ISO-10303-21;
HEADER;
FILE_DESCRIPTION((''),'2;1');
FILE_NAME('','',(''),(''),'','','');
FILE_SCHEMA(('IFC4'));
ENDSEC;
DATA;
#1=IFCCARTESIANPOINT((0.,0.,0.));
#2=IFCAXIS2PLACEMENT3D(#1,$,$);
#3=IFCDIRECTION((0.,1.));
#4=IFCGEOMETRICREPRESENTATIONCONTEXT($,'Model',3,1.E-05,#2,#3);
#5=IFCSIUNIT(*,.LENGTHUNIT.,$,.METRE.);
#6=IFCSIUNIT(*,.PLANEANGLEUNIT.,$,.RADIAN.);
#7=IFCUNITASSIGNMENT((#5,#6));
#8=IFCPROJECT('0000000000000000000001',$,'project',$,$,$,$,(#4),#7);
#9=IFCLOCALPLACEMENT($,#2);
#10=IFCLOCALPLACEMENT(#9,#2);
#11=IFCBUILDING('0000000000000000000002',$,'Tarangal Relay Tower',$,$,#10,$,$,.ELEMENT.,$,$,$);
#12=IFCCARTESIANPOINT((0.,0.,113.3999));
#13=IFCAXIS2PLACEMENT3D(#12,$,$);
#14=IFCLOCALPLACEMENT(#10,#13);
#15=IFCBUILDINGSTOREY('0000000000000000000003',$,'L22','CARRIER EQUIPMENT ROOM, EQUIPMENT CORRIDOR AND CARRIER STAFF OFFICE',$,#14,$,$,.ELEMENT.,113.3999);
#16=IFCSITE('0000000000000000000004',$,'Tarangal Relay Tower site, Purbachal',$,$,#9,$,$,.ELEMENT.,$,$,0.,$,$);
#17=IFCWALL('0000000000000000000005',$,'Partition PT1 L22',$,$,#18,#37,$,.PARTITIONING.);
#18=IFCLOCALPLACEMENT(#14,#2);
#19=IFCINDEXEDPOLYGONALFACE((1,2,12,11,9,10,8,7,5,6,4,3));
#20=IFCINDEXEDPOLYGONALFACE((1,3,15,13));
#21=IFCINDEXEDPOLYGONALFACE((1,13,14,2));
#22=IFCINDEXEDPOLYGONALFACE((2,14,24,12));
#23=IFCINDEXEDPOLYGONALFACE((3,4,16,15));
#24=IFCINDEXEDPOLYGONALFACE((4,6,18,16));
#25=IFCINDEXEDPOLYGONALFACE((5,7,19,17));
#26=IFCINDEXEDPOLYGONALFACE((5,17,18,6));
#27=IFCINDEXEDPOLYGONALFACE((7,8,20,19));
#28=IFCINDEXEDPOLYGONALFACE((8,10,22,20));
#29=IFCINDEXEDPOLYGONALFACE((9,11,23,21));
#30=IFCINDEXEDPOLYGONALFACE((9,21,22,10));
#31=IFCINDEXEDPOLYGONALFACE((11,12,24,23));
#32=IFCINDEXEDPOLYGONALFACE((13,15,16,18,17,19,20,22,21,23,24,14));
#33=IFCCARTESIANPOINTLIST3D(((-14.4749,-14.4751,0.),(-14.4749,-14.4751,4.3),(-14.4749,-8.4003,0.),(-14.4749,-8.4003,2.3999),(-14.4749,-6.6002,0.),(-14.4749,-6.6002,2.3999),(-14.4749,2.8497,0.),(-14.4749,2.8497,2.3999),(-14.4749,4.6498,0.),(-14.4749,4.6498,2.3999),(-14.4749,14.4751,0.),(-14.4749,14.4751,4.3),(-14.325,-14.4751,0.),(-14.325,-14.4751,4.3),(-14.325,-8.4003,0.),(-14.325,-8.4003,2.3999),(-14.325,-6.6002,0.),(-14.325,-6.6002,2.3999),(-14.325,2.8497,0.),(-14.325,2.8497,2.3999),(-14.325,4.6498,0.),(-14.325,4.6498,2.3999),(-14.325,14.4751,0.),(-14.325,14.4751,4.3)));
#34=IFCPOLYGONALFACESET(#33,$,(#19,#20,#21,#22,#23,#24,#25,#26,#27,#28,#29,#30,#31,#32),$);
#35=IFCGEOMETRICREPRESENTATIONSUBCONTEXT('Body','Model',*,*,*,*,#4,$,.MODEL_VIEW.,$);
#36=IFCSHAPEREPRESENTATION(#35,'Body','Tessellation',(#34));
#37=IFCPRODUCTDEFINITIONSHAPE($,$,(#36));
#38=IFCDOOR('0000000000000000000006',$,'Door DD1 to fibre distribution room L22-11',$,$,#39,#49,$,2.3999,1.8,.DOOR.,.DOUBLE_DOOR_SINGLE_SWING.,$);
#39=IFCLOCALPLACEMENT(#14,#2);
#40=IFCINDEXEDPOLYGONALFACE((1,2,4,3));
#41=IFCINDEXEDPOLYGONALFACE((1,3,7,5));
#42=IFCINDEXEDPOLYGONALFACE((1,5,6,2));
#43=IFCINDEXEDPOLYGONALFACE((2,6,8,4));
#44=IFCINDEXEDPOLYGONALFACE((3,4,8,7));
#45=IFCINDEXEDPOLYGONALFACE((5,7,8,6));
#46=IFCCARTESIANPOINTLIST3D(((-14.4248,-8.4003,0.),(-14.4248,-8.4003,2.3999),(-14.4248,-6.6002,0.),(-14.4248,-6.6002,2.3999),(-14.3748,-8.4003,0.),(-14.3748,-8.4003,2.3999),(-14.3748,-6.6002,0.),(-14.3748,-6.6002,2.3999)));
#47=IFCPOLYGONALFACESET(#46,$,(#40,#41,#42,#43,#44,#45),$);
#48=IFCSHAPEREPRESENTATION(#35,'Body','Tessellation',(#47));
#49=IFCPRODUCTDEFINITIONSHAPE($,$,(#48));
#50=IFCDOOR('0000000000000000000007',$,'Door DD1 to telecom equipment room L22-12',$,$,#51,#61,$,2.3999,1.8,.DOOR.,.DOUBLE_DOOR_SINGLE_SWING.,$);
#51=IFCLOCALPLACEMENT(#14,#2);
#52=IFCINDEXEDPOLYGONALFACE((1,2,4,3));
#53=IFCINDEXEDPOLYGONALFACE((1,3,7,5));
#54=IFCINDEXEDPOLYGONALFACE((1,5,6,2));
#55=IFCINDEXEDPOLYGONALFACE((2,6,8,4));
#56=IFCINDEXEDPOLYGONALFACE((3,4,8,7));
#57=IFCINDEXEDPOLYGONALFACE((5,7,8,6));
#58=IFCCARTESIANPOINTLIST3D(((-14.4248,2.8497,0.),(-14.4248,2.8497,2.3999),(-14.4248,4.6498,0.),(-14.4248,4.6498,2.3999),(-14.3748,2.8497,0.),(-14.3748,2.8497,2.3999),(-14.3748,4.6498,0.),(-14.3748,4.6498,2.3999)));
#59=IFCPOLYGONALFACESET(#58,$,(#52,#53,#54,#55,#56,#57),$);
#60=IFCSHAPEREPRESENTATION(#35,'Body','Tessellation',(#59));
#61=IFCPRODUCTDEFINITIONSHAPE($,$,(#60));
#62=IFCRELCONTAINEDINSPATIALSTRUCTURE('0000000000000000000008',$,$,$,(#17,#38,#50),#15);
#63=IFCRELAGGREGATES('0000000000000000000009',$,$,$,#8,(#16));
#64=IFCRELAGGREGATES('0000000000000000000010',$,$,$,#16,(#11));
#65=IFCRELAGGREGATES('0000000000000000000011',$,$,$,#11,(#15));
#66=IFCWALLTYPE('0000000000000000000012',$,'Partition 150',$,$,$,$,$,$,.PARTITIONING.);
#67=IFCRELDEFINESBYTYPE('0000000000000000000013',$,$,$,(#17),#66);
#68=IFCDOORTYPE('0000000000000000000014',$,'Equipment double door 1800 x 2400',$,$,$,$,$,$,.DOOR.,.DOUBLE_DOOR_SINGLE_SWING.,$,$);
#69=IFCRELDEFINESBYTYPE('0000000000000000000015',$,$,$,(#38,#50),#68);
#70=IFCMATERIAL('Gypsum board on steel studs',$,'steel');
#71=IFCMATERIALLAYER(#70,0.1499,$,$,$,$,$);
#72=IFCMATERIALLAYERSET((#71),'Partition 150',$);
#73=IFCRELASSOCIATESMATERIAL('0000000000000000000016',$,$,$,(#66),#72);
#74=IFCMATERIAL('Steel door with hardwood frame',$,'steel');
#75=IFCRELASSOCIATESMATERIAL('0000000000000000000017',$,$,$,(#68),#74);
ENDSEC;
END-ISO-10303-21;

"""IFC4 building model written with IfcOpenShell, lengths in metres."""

from ifc_helpers import new_model, si_unit, direction, frame, frame_2d, origin, place, context, subcontext, project, spatial, rectangle, extrude, material, layer, layer_set, type_object, element, fill, save


model = new_model("IFC4")

# Units and contexts
model_context = context("Model", 3, precision=1e-05, world=origin(), true_north=direction((0.0, 1.0)))
body_context = subcontext(model_context, "Body", "Model", "MODEL_VIEW")
ifc_project = project(units=[si_unit("LENGTHUNIT", "METRE"), si_unit("PLANEANGLEUNIT", "RADIAN")], contexts=[model_context])

# Site, building, storey
site_placement = place(None, origin())
site = spatial("IfcSite", under=ifc_project, at=site_placement, Name="Tarangal Relay Tower site, Purbachal", CompositionType="ELEMENT", RefElevation=0.0)
building_placement = place(site_placement, origin())
building = spatial("IfcBuilding", under=site, at=building_placement, Name="Tarangal Relay Tower", CompositionType="ELEMENT")
storey_placement = place(building_placement, frame((0.0, 0.0, 113.3999)))
storey = spatial("IfcBuildingStorey", under=building, at=storey_placement, Name="L22", Description="CARRIER EQUIPMENT ROOM, EQUIPMENT CORRIDOR AND CARRIER STAFF OFFICE", CompositionType="ELEMENT", Elevation=113.3999)

# Wall, openings, doors
ifc_material_1 = material(Name="Gypsum board on steel studs", Category="steel")
ifc_layer_1 = layer(ifc_material_1, 0.1499)
ifc_layer_set_1 = layer_set([ifc_layer_1], Name="Partition 150")
wall_type_1 = type_object("IfcWallType", Name="Partition 150", PredefinedType="PARTITIONING", material=ifc_layer_set_1)
ifc_material_2 = material(Name="Steel door with hardwood frame", Category="steel")
door_type_1 = type_object("IfcDoorType", Name="Equipment double door 1800 x 2400", OperationType="DOUBLE_DOOR_SINGLE_SWING", PredefinedType="DOOR", material=ifc_material_2)
wall_1_placement = place(storey_placement, frame((-14.3999, -14.4751, 0.0), z_axis=(0.0, 0.0, 1.0), x_axis=(0.0, 1.0, 0.0)))
wall_1 = element("IfcWall", 1, at=wall_1_placement, inside=storey, type_object=wall_type_1, Name="Partition PT1 L22", PredefinedType="PARTITIONING", context=body_context, shape_type="SweptSolid", body=[
    extrude(rectangle(XDim=28.9502, YDim=0.1499, at=frame_2d((14.4751, 0.0))), origin(), (0.0, 0.0, 1.0), 4.3),
])
opening_1_placement = place(wall_1_placement, frame((6.075, 0.0, 0.0)))
opening_1 = element("IfcOpeningElement", 2, at=opening_1_placement, cuts=wall_1, PredefinedType="OPENING", context=body_context, shape_type="SweptSolid", body=[
    extrude(rectangle(XDim=1.8, YDim=2.3999, at=frame_2d((0.8999, 1.2))), frame((0.0, 0.085, 0.0), z_axis=(0.0, -1.0, 0.0), x_axis=(1.0, 0.0, 0.0)), (0.0, 0.0, 1.0), 0.1699),
])
opening_2_placement = place(wall_1_placement, frame((17.325, 0.0, 0.0)))
opening_2 = element("IfcOpeningElement", 3, at=opening_2_placement, cuts=wall_1, PredefinedType="OPENING", context=body_context, shape_type="SweptSolid", body=[
    extrude(rectangle(XDim=1.8, YDim=2.3999, at=frame_2d((0.8999, 1.2))), frame((0.0, 0.085, 0.0), z_axis=(0.0, -1.0, 0.0), x_axis=(1.0, 0.0, 0.0)), (0.0, 0.0, 1.0), 0.1699),
])
door_1_placement = place(opening_1_placement, origin())
door_1 = element("IfcDoor", 4, at=door_1_placement, inside=storey, type_object=door_type_1, Name="Door DD1 to fibre distribution room L22-11", OperationType="DOUBLE_DOOR_SINGLE_SWING", OverallHeight=2.3999, OverallWidth=1.8, PredefinedType="DOOR", context=body_context, shape_type="SweptSolid", body=[
    extrude(rectangle(XDim=1.8, YDim=2.3999, at=frame_2d((0.8999, 1.2))), frame((0.0, 0.0249, 0.0), z_axis=(0.0, -1.0, 0.0), x_axis=(1.0, 0.0, 0.0)), (0.0, 0.0, 1.0), 0.05),
])
fill(opening_1, door_1)
door_2_placement = place(opening_2_placement, origin())
door_2 = element("IfcDoor", 5, at=door_2_placement, inside=storey, type_object=door_type_1, Name="Door DD1 to telecom equipment room L22-12", OperationType="DOUBLE_DOOR_SINGLE_SWING", OverallHeight=2.3999, OverallWidth=1.8, PredefinedType="DOOR", context=body_context, shape_type="SweptSolid", body=[
    extrude(rectangle(XDim=1.8, YDim=2.3999, at=frame_2d((0.8999, 1.2))), frame((0.0, 0.0249, 0.0), z_axis=(0.0, -1.0, 0.0), x_axis=(1.0, 0.0, 0.0)), (0.0, 0.0, 1.0), 0.05),
])
fill(opening_2, door_2)

save(model, "model.ifc")
